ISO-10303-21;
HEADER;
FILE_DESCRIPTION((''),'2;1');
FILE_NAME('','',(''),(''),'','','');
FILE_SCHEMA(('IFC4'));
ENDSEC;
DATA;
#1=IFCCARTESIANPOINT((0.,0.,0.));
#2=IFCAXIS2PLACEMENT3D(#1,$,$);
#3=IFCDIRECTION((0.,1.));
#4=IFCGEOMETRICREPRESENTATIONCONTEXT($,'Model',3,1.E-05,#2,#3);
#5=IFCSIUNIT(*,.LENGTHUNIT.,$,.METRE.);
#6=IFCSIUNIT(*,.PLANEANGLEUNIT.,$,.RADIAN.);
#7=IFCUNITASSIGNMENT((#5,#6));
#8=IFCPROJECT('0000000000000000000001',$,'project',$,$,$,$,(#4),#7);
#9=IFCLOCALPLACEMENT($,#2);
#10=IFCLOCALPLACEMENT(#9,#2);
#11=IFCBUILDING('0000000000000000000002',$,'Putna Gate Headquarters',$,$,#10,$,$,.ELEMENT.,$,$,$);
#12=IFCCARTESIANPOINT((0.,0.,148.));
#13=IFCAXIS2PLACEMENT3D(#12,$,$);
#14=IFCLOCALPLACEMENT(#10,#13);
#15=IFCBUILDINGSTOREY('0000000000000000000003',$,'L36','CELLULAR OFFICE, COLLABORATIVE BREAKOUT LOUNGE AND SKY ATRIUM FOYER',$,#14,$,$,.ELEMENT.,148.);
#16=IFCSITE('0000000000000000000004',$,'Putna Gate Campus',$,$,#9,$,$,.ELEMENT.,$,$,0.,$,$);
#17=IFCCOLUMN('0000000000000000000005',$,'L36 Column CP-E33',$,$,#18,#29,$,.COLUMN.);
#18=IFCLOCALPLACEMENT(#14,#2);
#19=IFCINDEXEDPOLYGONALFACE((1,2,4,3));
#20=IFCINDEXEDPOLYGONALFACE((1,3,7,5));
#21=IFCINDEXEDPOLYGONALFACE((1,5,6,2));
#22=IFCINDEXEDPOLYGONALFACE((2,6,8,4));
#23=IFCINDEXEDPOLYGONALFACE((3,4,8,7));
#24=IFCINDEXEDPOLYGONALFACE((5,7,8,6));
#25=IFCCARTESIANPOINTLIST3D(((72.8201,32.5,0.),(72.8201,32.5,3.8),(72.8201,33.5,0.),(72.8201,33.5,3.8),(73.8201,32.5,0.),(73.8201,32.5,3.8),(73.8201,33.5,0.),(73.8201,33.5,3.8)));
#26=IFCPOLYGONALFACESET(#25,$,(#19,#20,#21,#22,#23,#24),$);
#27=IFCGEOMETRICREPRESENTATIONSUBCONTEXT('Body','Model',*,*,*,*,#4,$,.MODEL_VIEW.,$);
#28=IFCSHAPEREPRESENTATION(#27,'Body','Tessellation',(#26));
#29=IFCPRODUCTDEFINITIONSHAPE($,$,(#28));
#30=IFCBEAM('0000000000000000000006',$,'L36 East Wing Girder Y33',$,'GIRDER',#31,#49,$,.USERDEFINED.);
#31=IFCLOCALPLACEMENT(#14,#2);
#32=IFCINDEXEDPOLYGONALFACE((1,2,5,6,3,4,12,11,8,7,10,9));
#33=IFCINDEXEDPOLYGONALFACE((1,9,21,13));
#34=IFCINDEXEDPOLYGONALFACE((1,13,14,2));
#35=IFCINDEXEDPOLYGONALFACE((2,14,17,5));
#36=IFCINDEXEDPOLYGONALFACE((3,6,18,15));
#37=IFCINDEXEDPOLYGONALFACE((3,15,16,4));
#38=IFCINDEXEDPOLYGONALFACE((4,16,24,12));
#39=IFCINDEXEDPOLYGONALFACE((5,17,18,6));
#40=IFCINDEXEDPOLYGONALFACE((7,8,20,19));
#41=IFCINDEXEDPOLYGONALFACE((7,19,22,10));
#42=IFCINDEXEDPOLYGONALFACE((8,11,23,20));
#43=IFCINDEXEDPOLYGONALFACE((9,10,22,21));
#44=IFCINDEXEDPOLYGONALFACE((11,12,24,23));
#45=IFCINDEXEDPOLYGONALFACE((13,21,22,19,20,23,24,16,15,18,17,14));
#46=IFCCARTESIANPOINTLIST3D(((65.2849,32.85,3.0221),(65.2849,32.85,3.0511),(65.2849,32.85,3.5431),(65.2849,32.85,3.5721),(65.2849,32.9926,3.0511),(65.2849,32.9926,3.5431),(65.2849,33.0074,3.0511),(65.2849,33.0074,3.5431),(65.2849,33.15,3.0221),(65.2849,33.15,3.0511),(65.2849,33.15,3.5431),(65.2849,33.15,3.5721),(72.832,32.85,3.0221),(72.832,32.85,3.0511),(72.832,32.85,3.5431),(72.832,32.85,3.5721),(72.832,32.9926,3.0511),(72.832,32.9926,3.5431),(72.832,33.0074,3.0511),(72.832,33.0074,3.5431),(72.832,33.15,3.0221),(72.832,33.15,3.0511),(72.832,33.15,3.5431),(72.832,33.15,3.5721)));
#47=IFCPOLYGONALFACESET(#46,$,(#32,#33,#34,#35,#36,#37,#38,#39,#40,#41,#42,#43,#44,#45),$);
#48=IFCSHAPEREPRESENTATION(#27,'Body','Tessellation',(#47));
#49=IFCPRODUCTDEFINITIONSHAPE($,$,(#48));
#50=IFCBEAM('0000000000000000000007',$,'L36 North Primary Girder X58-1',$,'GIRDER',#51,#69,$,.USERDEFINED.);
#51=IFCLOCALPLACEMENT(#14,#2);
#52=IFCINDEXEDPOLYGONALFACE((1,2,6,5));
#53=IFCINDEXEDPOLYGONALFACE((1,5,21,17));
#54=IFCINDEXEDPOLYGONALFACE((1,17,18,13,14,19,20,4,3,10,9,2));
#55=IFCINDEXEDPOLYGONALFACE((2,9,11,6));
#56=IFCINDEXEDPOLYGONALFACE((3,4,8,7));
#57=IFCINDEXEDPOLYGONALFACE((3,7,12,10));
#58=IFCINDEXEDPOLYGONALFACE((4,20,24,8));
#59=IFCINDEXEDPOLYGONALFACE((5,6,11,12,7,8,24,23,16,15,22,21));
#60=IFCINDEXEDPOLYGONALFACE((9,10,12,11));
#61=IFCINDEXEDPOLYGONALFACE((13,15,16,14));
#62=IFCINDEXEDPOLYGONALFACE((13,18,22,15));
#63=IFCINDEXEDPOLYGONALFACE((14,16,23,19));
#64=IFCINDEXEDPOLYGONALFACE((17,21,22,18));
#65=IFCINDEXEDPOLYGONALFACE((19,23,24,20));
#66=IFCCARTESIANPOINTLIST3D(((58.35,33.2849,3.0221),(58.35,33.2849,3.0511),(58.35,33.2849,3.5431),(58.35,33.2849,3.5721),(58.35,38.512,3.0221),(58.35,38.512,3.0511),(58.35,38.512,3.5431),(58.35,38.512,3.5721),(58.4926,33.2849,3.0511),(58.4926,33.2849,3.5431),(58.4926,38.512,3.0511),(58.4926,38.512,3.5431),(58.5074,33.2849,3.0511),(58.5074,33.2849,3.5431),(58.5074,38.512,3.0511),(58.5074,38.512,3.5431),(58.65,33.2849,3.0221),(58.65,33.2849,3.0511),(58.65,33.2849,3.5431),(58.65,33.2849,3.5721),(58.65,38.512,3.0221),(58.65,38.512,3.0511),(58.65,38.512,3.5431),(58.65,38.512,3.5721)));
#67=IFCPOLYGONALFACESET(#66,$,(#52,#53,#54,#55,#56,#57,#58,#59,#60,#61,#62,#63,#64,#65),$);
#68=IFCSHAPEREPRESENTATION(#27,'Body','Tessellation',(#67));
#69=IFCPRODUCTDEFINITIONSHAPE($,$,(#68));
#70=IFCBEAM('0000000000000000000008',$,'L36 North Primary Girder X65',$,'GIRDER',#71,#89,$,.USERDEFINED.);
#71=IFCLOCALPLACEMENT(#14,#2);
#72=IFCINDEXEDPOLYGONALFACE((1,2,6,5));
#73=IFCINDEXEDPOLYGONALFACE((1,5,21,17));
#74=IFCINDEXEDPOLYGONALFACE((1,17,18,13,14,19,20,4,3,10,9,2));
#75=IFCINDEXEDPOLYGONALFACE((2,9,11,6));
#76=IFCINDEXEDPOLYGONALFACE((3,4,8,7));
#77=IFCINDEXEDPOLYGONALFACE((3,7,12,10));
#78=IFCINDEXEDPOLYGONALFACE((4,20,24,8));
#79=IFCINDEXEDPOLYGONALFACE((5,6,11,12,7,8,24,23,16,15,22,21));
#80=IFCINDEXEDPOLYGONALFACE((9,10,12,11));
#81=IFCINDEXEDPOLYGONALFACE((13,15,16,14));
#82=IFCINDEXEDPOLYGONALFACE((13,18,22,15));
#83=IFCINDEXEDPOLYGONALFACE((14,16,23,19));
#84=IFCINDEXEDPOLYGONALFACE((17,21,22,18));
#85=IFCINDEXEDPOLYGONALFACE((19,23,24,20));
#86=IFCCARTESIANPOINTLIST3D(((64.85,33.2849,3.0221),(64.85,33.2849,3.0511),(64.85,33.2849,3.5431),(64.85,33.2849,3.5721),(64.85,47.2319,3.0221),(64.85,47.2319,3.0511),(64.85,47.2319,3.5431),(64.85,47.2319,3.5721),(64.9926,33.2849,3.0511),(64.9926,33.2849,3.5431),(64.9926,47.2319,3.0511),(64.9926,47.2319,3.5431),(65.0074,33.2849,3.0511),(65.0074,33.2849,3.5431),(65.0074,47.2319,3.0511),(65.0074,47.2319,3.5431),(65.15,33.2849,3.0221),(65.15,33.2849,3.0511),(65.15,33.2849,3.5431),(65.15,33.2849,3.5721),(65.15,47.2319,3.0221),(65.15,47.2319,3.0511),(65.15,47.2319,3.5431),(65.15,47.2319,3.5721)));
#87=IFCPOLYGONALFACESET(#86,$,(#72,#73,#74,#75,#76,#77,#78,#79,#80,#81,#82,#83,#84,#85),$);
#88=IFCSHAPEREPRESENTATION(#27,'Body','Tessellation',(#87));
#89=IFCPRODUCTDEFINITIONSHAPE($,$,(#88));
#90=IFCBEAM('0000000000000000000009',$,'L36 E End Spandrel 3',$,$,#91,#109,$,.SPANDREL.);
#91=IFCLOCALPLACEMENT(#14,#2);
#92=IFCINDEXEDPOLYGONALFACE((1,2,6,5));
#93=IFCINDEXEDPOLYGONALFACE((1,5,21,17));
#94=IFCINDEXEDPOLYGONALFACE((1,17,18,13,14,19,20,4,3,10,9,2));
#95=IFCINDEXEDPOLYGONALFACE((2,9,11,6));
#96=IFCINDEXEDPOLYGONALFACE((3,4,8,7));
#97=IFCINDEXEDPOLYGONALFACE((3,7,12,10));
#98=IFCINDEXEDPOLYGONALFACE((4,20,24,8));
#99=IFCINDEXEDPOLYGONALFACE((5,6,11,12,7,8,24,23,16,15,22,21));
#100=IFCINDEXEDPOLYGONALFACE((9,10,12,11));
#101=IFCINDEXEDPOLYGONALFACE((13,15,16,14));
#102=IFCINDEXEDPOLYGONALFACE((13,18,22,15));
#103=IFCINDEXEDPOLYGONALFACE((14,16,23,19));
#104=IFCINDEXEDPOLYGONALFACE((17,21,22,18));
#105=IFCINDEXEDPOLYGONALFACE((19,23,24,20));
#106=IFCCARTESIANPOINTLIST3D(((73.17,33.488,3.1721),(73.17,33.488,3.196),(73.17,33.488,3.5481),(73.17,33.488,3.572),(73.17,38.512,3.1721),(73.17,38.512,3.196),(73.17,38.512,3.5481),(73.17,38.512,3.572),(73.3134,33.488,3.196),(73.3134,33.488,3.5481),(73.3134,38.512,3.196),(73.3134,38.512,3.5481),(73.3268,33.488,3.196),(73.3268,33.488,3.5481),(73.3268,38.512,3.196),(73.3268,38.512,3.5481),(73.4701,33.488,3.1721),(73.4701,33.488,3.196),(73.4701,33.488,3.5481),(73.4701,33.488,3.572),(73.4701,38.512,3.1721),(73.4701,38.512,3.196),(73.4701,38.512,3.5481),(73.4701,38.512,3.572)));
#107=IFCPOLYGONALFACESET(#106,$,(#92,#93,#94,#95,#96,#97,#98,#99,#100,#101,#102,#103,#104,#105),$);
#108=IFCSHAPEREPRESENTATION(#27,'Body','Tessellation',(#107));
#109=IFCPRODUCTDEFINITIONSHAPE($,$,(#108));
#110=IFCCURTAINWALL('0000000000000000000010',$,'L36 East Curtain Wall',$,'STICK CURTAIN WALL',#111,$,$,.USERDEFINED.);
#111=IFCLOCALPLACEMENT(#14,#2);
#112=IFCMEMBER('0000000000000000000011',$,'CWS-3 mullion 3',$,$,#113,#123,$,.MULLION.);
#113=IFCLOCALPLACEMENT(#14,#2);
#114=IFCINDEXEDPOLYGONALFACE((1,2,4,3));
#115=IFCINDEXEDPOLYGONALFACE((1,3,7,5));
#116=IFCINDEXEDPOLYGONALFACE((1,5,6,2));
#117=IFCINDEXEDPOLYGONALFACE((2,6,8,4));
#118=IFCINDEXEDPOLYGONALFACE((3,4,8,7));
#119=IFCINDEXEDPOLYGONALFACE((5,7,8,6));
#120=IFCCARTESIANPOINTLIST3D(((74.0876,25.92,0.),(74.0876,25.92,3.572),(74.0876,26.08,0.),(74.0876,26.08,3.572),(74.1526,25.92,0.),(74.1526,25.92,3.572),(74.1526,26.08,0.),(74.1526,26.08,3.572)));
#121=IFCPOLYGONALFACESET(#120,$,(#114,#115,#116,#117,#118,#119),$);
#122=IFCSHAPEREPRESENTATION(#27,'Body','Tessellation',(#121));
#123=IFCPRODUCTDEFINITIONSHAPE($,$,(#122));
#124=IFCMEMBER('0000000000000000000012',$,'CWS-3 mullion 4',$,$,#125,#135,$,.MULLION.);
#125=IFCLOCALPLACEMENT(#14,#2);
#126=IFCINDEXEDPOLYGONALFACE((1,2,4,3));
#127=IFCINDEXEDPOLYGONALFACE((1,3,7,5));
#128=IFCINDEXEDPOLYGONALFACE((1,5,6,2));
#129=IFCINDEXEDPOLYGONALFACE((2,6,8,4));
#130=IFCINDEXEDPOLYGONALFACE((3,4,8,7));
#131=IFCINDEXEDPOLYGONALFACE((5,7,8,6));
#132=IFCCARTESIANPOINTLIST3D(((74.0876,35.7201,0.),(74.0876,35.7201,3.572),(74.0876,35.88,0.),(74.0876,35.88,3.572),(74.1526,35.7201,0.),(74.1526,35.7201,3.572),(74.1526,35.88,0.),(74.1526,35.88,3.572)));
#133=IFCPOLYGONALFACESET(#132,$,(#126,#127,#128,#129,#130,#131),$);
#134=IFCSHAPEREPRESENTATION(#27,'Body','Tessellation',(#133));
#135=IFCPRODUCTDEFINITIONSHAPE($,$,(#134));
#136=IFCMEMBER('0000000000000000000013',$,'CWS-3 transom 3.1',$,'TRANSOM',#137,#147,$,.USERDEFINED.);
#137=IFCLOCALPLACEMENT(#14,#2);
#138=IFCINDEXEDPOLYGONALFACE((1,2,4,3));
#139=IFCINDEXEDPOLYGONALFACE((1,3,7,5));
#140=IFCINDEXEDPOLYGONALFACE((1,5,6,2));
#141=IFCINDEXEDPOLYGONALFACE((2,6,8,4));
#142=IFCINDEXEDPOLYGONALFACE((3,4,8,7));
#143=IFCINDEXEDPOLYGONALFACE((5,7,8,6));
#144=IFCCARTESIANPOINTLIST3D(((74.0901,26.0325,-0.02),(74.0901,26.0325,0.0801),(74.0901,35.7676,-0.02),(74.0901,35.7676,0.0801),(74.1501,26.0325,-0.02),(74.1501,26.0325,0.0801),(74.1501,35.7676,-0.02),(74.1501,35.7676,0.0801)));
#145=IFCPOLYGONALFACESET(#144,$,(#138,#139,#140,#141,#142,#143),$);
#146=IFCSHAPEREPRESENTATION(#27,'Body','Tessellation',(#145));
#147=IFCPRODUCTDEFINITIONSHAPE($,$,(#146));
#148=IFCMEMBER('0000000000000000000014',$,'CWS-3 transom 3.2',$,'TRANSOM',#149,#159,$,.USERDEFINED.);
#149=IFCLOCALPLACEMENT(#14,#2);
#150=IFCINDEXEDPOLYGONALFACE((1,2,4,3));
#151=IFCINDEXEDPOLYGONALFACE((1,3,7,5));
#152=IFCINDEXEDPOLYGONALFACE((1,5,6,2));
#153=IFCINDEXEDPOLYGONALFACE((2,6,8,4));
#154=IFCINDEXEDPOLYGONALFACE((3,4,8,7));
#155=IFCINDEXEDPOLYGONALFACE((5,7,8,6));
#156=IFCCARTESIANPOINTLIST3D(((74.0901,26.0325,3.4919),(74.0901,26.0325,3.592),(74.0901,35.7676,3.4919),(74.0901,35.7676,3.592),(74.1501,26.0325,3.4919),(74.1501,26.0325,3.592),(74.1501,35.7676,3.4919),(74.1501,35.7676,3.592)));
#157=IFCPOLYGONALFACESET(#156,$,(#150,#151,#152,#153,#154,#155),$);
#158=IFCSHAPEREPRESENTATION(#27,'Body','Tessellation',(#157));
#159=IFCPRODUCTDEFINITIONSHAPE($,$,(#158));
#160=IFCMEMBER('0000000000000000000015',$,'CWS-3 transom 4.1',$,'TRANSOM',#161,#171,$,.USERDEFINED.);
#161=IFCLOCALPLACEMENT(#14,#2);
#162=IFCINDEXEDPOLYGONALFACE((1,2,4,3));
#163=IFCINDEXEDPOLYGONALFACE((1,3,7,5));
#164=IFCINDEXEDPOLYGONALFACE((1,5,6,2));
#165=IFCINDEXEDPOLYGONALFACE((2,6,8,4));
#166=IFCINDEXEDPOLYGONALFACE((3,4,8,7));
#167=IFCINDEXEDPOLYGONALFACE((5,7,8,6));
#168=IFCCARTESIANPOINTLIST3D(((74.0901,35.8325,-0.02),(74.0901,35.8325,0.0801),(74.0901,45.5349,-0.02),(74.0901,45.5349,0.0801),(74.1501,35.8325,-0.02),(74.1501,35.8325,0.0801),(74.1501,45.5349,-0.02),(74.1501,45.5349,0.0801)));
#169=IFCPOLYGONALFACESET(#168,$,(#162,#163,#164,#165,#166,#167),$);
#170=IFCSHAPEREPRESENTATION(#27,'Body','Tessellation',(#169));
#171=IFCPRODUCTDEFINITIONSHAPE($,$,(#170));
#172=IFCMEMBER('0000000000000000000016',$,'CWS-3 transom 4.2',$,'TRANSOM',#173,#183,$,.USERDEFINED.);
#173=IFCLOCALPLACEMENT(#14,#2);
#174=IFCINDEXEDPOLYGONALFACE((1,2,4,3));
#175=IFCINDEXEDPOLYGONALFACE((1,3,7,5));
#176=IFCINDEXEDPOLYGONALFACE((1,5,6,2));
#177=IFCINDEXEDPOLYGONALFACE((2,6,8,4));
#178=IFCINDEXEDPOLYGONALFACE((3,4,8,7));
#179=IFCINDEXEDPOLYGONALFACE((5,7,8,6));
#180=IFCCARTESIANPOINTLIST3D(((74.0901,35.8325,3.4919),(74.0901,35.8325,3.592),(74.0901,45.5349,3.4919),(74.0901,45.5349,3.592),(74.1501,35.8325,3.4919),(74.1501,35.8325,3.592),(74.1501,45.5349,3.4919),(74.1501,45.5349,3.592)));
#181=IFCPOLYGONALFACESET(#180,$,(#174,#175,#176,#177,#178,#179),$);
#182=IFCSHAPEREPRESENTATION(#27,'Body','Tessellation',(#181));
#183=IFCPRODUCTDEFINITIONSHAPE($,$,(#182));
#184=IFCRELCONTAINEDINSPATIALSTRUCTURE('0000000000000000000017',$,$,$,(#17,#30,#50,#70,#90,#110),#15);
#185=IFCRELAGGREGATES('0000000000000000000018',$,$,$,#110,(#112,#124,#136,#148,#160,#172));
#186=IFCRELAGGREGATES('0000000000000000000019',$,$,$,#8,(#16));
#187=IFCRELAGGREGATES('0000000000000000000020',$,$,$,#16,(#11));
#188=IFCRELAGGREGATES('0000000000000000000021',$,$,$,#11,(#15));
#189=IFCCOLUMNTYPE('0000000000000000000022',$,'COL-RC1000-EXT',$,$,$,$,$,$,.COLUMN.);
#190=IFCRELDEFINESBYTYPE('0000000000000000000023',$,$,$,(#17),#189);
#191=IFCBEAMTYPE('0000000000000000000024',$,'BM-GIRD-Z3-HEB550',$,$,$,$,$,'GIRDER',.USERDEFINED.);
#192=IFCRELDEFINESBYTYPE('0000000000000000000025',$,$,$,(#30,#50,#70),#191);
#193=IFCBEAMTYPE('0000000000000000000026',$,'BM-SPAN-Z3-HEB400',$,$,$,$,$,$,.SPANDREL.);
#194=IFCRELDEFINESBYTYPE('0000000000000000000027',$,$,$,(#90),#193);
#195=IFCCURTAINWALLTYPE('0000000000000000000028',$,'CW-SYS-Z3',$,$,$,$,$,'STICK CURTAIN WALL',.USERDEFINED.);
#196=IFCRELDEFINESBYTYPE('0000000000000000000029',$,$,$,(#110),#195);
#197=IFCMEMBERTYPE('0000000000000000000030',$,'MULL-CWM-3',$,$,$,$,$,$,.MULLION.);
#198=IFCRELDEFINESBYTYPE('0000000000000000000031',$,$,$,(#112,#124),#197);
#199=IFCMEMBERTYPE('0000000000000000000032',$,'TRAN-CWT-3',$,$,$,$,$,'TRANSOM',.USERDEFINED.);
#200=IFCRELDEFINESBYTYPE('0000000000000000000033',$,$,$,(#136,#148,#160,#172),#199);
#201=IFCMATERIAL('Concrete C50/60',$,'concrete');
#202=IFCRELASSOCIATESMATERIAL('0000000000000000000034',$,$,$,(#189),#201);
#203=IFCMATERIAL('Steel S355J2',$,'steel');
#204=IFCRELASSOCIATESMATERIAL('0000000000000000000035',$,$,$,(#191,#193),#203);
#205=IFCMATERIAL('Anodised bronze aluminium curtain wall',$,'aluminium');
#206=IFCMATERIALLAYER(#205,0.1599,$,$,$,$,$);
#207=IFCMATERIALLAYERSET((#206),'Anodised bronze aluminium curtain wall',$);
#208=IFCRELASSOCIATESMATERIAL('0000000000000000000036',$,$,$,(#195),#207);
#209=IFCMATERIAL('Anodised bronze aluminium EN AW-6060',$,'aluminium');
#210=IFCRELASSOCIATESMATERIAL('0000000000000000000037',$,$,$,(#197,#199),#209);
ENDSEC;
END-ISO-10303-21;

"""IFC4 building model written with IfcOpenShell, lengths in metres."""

from ifc_helpers import new_model, si_unit, direction, frame, origin, origin_2d, place, context, subcontext, project, spatial, rectangle, i_section, extrude, material, layer, layer_set, material_profile, profile_set, type_object, element, aggregate, save


model = new_model("IFC4")

# Units and contexts
model_context = context("Model", 3, precision=1e-05, world=origin(), true_north=direction((0.0, 1.0)))
body_context = subcontext(model_context, "Body", "Model", "MODEL_VIEW")
ifc_project = project(units=[si_unit("LENGTHUNIT", "METRE"), si_unit("PLANEANGLEUNIT", "RADIAN")], contexts=[model_context])

# Site, building, storey
site_placement = place(None, origin())
site = spatial("IfcSite", under=ifc_project, at=site_placement, Name="Putna Gate Campus", CompositionType="ELEMENT", RefElevation=0.0)
building_placement = place(site_placement, origin())
building = spatial("IfcBuilding", under=site, at=building_placement, Name="Putna Gate Headquarters", CompositionType="ELEMENT")
storey_placement = place(building_placement, frame((0.0, 0.0, 148.0)))
storey = spatial("IfcBuildingStorey", under=building, at=storey_placement, Name="L36", Description="CELLULAR OFFICE, COLLABORATIVE BREAKOUT LOUNGE AND SKY ATRIUM FOYER", CompositionType="ELEMENT", Elevation=148.0)

# Column
ifc_material_1 = material(Name="Concrete C50/60", Category="concrete")
ifc_material_profile_1 = material_profile(ifc_material_1, rectangle(XDim=1.0, YDim=1.0, at=origin_2d()), Name="Concrete C50/60")
ifc_profile_set_1 = profile_set([ifc_material_profile_1], Name="Concrete C50/60")
column_type = type_object("IfcColumnType", Name="COL-RC1000-EXT", PredefinedType="COLUMN", material=ifc_profile_set_1)
column_placement = place(storey_placement, frame((73.3201, 33.0, 0.0), z_axis=(0.0, 0.0, 1.0), x_axis=(1.0, 0.0, 0.0)))
element("IfcColumn", 1, at=column_placement, inside=storey, type_object=column_type, Name="L36 Column CP-E33", PredefinedType="COLUMN", context=body_context, shape_type="SweptSolid", body=[
    extrude(rectangle(XDim=1.0, YDim=1.0, at=origin_2d()), origin(), (0.0, 0.0, 1.0), 3.8),
])

# Beams
ifc_material_2 = material(Name="Steel S355J2", Category="steel")
ifc_material_profile_2 = material_profile(ifc_material_2, i_section(OverallWidth=0.3, OverallDepth=0.55, WebThickness=0.0149, FlangeThickness=0.0291, at=origin_2d()), Name="Steel S355J2")
ifc_profile_set_2 = profile_set([ifc_material_profile_2], Name="Steel S355J2")
beam_type_1 = type_object("IfcBeamType", Name="BM-GIRD-Z3-HEB550", ElementType="GIRDER", PredefinedType="USERDEFINED", material=ifc_profile_set_2)
beam_1_placement = place(storey_placement, frame((65.2849, 33.0, 3.2971), z_axis=(1.0, 0.0, 0.0), x_axis=(0.0, 1.0, 0.0)))
element("IfcBeam", 2, at=beam_1_placement, inside=storey, type_object=beam_type_1, Name="L36 East Wing Girder Y33", ObjectType="GIRDER", PredefinedType="USERDEFINED", context=body_context, shape_type="SweptSolid", body=[
    extrude(i_section(OverallWidth=0.3, OverallDepth=0.55, WebThickness=0.0149, FlangeThickness=0.0291, at=origin_2d()), origin(), (0.0, 0.0, 1.0), 7.5471),
])
beam_2_placement = place(storey_placement, frame((58.5, 33.2849, 3.2971), z_axis=(0.0, 1.0, 0.0), x_axis=(-1.0, 0.0, 0.0)))
element("IfcBeam", 3, at=beam_2_placement, inside=storey, type_object=beam_type_1, Name="L36 North Primary Girder X58-1", ObjectType="GIRDER", PredefinedType="USERDEFINED", context=body_context, shape_type="SweptSolid", body=[
    extrude(i_section(OverallWidth=0.3, OverallDepth=0.55, WebThickness=0.0149, FlangeThickness=0.0291, at=origin_2d()), origin(), (0.0, 0.0, 1.0), 5.2271),
])
beam_3_placement = place(storey_placement, frame((65.0, 33.2849, 3.2971), z_axis=(0.0, 1.0, 0.0), x_axis=(-1.0, 0.0, 0.0)))
element("IfcBeam", 4, at=beam_3_placement, inside=storey, type_object=beam_type_1, Name="L36 North Primary Girder X65", ObjectType="GIRDER", PredefinedType="USERDEFINED", context=body_context, shape_type="SweptSolid", body=[
    extrude(i_section(OverallWidth=0.3, OverallDepth=0.55, WebThickness=0.0149, FlangeThickness=0.0291, at=origin_2d()), origin(), (0.0, 0.0, 1.0), 13.947),
])
ifc_material_profile_3 = material_profile(ifc_material_2, i_section(OverallWidth=0.3, OverallDepth=0.3999, WebThickness=0.0134, FlangeThickness=0.0239, at=origin_2d()), Name="Steel S355J2")
ifc_profile_set_3 = profile_set([ifc_material_profile_3], Name="Steel S355J2")
beam_type_2 = type_object("IfcBeamType", Name="BM-SPAN-Z3-HEB400", PredefinedType="SPANDREL", material=ifc_profile_set_3)
beam_4_placement = place(storey_placement, frame((73.3201, 33.488, 3.3721), z_axis=(0.0, 1.0, 0.0), x_axis=(-1.0, 0.0, 0.0)))
element("IfcBeam", 5, at=beam_4_placement, inside=storey, type_object=beam_type_2, Name="L36 E End Spandrel 3", PredefinedType="SPANDREL", context=body_context, shape_type="SweptSolid", body=[
    extrude(i_section(OverallWidth=0.3, OverallDepth=0.3999, WebThickness=0.0134, FlangeThickness=0.0239, at=origin_2d()), origin(), (0.0, 0.0, 1.0), 5.0239),
])

# Curtain wall, members
ifc_material_3 = material(Name="Anodised bronze aluminium curtain wall", Category="aluminium")
ifc_layer_1 = layer(ifc_material_3, 0.1599)
ifc_layer_set_1 = layer_set([ifc_layer_1], Name="Anodised bronze aluminium curtain wall")
curtain_wall_type = type_object("IfcCurtainWallType", Name="CW-SYS-Z3", ElementType="STICK CURTAIN WALL", PredefinedType="USERDEFINED", material=ifc_layer_set_1)
curtain_wall_placement = place(storey_placement, origin())
curtain_wall = element("IfcCurtainWall", 6, at=curtain_wall_placement, inside=storey, type_object=curtain_wall_type, Name="L36 East Curtain Wall", ObjectType="STICK CURTAIN WALL", PredefinedType="USERDEFINED")
ifc_material_4 = material(Name="Anodised bronze aluminium EN AW-6060", Category="aluminium")
ifc_material_profile_4 = material_profile(ifc_material_4, rectangle(XDim=0.0649, YDim=0.1599, at=origin_2d()), Name="Anodised bronze aluminium EN AW-6060")
ifc_profile_set_4 = profile_set([ifc_material_profile_4], Name="Anodised bronze aluminium EN AW-6060")
member_type_1 = type_object("IfcMemberType", Name="MULL-CWM-3", PredefinedType="MULLION", material=ifc_profile_set_4)
member_1_placement = place(storey_placement, frame((74.1201, 26.0, 0.0), z_axis=(0.0, 0.0, 1.0), x_axis=(-1.0, 0.0, 0.0)))
member_1 = element("IfcMember", 7, at=member_1_placement, type_object=member_type_1, Name="CWS-3 mullion 3", PredefinedType="MULLION", context=body_context, shape_type="SweptSolid", body=[
    extrude(rectangle(XDim=0.0649, YDim=0.1599, at=origin_2d()), origin(), (0.0, 0.0, 1.0), 3.572),
])
member_2_placement = place(storey_placement, frame((74.1201, 35.8, 0.0), z_axis=(0.0, 0.0, 1.0), x_axis=(-1.0, 0.0, 0.0)))
member_2 = element("IfcMember", 8, at=member_2_placement, type_object=member_type_1, Name="CWS-3 mullion 4", PredefinedType="MULLION", context=body_context, shape_type="SweptSolid", body=[
    extrude(rectangle(XDim=0.0649, YDim=0.1599, at=origin_2d()), origin(), (0.0, 0.0, 1.0), 3.572),
])
ifc_material_profile_5 = material_profile(ifc_material_4, rectangle(XDim=0.0601, YDim=0.1001, at=origin_2d()), Name="Anodised bronze aluminium EN AW-6060")
ifc_profile_set_5 = profile_set([ifc_material_profile_5], Name="Anodised bronze aluminium EN AW-6060")
member_type_2 = type_object("IfcMemberType", Name="TRAN-CWT-3", ElementType="TRANSOM", PredefinedType="USERDEFINED", material=ifc_profile_set_5)
member_3_placement = place(storey_placement, frame((74.1201, 26.0325, 0.03), z_axis=(0.0, 1.0, 0.0), x_axis=(-1.0, 0.0, 0.0)))
member_3 = element("IfcMember", 9, at=member_3_placement, type_object=member_type_2, Name="CWS-3 transom 3.1", ObjectType="TRANSOM", PredefinedType="USERDEFINED", context=body_context, shape_type="SweptSolid", body=[
    extrude(rectangle(XDim=0.0601, YDim=0.1001, at=origin_2d()), origin(), (0.0, 0.0, 1.0), 9.7351),
])
member_4_placement = place(storey_placement, frame((74.1201, 26.0325, 3.542), z_axis=(0.0, 1.0, 0.0), x_axis=(-1.0, 0.0, 0.0)))
member_4 = element("IfcMember", 10, at=member_4_placement, type_object=member_type_2, Name="CWS-3 transom 3.2", ObjectType="TRANSOM", PredefinedType="USERDEFINED", context=body_context, shape_type="SweptSolid", body=[
    extrude(rectangle(XDim=0.0601, YDim=0.1001, at=origin_2d()), origin(), (0.0, 0.0, 1.0), 9.7351),
])
member_5_placement = place(storey_placement, frame((74.1201, 35.8325, 0.03), z_axis=(0.0, 1.0, 0.0), x_axis=(-1.0, 0.0, 0.0)))
member_5 = element("IfcMember", 11, at=member_5_placement, type_object=member_type_2, Name="CWS-3 transom 4.1", ObjectType="TRANSOM", PredefinedType="USERDEFINED", context=body_context, shape_type="SweptSolid", body=[
    extrude(rectangle(XDim=0.0601, YDim=0.1001, at=origin_2d()), origin(), (0.0, 0.0, 1.0), 9.7024),
])
member_6_placement = place(storey_placement, frame((74.1201, 35.8325, 3.542), z_axis=(0.0, 1.0, 0.0), x_axis=(-1.0, 0.0, 0.0)))
member_6 = element("IfcMember", 12, at=member_6_placement, type_object=member_type_2, Name="CWS-3 transom 4.2", ObjectType="TRANSOM", PredefinedType="USERDEFINED", context=body_context, shape_type="SweptSolid", body=[
    extrude(rectangle(XDim=0.0601, YDim=0.1001, at=origin_2d()), origin(), (0.0, 0.0, 1.0), 9.7024),
])
aggregate(curtain_wall, [member_1, member_2, member_3, member_4, member_5, member_6])

save(model, "model.ifc")
